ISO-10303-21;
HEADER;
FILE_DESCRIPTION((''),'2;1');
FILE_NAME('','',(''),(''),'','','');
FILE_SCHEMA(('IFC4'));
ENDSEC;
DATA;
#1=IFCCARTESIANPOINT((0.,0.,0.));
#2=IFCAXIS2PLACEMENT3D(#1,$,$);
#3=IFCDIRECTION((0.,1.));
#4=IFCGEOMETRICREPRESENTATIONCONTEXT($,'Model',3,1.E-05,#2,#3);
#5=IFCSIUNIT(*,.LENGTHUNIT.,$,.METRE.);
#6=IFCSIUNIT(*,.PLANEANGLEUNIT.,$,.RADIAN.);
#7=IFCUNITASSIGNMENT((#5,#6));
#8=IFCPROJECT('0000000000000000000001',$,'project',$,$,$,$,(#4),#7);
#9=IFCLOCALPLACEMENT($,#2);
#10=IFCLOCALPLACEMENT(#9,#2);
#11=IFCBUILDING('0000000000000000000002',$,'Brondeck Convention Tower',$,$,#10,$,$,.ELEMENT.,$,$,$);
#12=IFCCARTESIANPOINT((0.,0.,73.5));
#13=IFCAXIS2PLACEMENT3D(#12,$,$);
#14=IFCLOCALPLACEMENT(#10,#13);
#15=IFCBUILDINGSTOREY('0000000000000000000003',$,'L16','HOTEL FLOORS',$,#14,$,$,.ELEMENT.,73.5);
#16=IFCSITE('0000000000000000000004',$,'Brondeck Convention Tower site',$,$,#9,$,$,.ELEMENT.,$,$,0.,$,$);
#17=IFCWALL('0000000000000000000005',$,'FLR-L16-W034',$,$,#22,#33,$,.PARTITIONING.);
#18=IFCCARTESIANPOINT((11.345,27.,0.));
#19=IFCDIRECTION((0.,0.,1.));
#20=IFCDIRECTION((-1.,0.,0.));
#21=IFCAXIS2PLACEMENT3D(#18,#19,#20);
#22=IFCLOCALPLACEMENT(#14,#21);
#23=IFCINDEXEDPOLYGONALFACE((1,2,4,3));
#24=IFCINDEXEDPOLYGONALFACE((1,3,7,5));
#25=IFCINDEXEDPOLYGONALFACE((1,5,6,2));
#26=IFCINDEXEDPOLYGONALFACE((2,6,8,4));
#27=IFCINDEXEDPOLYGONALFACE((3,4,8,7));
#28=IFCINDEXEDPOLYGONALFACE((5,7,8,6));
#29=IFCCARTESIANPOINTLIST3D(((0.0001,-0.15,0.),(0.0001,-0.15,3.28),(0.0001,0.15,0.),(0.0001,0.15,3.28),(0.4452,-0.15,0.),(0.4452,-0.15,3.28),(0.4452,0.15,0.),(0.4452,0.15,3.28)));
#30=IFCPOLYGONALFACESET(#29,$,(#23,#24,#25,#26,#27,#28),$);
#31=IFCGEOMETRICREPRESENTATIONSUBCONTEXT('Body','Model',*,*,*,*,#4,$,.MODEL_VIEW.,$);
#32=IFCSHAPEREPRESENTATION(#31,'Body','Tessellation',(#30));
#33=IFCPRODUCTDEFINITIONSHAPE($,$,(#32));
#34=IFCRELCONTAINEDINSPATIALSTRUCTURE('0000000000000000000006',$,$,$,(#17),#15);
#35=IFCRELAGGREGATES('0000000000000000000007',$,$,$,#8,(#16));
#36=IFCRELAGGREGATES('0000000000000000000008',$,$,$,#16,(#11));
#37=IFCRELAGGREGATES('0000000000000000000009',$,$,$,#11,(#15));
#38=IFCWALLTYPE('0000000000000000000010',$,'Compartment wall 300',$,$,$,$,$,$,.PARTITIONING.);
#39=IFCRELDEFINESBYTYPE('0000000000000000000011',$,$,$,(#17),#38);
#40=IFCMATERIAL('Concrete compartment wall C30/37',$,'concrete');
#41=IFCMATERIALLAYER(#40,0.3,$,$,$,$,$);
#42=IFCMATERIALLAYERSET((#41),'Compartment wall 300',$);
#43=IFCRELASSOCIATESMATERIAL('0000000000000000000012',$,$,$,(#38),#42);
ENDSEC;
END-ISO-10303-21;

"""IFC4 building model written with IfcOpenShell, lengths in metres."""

from ifc_helpers import new_model, si_unit, direction, frame, frame_2d, origin, place, context, subcontext, project, spatial, rectangle, extrude, material, layer, layer_set, type_object, element, save


model = new_model("IFC4")

# Units and contexts
model_context = context("Model", 3, precision=1e-05, world=origin(), true_north=direction((0.0, 1.0)))
body_context = subcontext(model_context, "Body", "Model", "MODEL_VIEW")
ifc_project = project(units=[si_unit("LENGTHUNIT", "METRE"), si_unit("PLANEANGLEUNIT", "RADIAN")], contexts=[model_context])

# Site, building, storey
site_placement = place(None, origin())
site = spatial("IfcSite", under=ifc_project, at=site_placement, Name="Brondeck Convention Tower site", CompositionType="ELEMENT", RefElevation=0.0)
building_placement = place(site_placement, origin())
building = spatial("IfcBuilding", under=site, at=building_placement, Name="Brondeck Convention Tower", CompositionType="ELEMENT")
storey_placement = place(building_placement, frame((0.0, 0.0, 73.5)))
storey = spatial("IfcBuildingStorey", under=building, at=storey_placement, Name="L16", Description="HOTEL FLOORS", CompositionType="ELEMENT", Elevation=73.5)

# Wall
ifc_material_1 = material(Name="Concrete compartment wall C30/37", Category="concrete")
ifc_layer_1 = layer(ifc_material_1, 0.3)
ifc_layer_set_1 = layer_set([ifc_layer_1], Name="Compartment wall 300")
wall_type_1 = type_object("IfcWallType", Name="Compartment wall 300", PredefinedType="PARTITIONING", material=ifc_layer_set_1)
wall_1_placement = place(storey_placement, frame((11.345, 27.0, 0.0), z_axis=(0.0, 0.0, 1.0), x_axis=(-1.0, 0.0, 0.0)))
element("IfcWall", 1, at=wall_1_placement, inside=storey, type_object=wall_type_1, Name="FLR-L16-W034", PredefinedType="PARTITIONING", context=body_context, shape_type="SweptSolid", body=[
    extrude(rectangle(XDim=0.4451, YDim=0.3, at=frame_2d((0.2227, 0.0))), origin(), (0.0, 0.0, 1.0), 3.28),
])

save(model, "model.ifc")
